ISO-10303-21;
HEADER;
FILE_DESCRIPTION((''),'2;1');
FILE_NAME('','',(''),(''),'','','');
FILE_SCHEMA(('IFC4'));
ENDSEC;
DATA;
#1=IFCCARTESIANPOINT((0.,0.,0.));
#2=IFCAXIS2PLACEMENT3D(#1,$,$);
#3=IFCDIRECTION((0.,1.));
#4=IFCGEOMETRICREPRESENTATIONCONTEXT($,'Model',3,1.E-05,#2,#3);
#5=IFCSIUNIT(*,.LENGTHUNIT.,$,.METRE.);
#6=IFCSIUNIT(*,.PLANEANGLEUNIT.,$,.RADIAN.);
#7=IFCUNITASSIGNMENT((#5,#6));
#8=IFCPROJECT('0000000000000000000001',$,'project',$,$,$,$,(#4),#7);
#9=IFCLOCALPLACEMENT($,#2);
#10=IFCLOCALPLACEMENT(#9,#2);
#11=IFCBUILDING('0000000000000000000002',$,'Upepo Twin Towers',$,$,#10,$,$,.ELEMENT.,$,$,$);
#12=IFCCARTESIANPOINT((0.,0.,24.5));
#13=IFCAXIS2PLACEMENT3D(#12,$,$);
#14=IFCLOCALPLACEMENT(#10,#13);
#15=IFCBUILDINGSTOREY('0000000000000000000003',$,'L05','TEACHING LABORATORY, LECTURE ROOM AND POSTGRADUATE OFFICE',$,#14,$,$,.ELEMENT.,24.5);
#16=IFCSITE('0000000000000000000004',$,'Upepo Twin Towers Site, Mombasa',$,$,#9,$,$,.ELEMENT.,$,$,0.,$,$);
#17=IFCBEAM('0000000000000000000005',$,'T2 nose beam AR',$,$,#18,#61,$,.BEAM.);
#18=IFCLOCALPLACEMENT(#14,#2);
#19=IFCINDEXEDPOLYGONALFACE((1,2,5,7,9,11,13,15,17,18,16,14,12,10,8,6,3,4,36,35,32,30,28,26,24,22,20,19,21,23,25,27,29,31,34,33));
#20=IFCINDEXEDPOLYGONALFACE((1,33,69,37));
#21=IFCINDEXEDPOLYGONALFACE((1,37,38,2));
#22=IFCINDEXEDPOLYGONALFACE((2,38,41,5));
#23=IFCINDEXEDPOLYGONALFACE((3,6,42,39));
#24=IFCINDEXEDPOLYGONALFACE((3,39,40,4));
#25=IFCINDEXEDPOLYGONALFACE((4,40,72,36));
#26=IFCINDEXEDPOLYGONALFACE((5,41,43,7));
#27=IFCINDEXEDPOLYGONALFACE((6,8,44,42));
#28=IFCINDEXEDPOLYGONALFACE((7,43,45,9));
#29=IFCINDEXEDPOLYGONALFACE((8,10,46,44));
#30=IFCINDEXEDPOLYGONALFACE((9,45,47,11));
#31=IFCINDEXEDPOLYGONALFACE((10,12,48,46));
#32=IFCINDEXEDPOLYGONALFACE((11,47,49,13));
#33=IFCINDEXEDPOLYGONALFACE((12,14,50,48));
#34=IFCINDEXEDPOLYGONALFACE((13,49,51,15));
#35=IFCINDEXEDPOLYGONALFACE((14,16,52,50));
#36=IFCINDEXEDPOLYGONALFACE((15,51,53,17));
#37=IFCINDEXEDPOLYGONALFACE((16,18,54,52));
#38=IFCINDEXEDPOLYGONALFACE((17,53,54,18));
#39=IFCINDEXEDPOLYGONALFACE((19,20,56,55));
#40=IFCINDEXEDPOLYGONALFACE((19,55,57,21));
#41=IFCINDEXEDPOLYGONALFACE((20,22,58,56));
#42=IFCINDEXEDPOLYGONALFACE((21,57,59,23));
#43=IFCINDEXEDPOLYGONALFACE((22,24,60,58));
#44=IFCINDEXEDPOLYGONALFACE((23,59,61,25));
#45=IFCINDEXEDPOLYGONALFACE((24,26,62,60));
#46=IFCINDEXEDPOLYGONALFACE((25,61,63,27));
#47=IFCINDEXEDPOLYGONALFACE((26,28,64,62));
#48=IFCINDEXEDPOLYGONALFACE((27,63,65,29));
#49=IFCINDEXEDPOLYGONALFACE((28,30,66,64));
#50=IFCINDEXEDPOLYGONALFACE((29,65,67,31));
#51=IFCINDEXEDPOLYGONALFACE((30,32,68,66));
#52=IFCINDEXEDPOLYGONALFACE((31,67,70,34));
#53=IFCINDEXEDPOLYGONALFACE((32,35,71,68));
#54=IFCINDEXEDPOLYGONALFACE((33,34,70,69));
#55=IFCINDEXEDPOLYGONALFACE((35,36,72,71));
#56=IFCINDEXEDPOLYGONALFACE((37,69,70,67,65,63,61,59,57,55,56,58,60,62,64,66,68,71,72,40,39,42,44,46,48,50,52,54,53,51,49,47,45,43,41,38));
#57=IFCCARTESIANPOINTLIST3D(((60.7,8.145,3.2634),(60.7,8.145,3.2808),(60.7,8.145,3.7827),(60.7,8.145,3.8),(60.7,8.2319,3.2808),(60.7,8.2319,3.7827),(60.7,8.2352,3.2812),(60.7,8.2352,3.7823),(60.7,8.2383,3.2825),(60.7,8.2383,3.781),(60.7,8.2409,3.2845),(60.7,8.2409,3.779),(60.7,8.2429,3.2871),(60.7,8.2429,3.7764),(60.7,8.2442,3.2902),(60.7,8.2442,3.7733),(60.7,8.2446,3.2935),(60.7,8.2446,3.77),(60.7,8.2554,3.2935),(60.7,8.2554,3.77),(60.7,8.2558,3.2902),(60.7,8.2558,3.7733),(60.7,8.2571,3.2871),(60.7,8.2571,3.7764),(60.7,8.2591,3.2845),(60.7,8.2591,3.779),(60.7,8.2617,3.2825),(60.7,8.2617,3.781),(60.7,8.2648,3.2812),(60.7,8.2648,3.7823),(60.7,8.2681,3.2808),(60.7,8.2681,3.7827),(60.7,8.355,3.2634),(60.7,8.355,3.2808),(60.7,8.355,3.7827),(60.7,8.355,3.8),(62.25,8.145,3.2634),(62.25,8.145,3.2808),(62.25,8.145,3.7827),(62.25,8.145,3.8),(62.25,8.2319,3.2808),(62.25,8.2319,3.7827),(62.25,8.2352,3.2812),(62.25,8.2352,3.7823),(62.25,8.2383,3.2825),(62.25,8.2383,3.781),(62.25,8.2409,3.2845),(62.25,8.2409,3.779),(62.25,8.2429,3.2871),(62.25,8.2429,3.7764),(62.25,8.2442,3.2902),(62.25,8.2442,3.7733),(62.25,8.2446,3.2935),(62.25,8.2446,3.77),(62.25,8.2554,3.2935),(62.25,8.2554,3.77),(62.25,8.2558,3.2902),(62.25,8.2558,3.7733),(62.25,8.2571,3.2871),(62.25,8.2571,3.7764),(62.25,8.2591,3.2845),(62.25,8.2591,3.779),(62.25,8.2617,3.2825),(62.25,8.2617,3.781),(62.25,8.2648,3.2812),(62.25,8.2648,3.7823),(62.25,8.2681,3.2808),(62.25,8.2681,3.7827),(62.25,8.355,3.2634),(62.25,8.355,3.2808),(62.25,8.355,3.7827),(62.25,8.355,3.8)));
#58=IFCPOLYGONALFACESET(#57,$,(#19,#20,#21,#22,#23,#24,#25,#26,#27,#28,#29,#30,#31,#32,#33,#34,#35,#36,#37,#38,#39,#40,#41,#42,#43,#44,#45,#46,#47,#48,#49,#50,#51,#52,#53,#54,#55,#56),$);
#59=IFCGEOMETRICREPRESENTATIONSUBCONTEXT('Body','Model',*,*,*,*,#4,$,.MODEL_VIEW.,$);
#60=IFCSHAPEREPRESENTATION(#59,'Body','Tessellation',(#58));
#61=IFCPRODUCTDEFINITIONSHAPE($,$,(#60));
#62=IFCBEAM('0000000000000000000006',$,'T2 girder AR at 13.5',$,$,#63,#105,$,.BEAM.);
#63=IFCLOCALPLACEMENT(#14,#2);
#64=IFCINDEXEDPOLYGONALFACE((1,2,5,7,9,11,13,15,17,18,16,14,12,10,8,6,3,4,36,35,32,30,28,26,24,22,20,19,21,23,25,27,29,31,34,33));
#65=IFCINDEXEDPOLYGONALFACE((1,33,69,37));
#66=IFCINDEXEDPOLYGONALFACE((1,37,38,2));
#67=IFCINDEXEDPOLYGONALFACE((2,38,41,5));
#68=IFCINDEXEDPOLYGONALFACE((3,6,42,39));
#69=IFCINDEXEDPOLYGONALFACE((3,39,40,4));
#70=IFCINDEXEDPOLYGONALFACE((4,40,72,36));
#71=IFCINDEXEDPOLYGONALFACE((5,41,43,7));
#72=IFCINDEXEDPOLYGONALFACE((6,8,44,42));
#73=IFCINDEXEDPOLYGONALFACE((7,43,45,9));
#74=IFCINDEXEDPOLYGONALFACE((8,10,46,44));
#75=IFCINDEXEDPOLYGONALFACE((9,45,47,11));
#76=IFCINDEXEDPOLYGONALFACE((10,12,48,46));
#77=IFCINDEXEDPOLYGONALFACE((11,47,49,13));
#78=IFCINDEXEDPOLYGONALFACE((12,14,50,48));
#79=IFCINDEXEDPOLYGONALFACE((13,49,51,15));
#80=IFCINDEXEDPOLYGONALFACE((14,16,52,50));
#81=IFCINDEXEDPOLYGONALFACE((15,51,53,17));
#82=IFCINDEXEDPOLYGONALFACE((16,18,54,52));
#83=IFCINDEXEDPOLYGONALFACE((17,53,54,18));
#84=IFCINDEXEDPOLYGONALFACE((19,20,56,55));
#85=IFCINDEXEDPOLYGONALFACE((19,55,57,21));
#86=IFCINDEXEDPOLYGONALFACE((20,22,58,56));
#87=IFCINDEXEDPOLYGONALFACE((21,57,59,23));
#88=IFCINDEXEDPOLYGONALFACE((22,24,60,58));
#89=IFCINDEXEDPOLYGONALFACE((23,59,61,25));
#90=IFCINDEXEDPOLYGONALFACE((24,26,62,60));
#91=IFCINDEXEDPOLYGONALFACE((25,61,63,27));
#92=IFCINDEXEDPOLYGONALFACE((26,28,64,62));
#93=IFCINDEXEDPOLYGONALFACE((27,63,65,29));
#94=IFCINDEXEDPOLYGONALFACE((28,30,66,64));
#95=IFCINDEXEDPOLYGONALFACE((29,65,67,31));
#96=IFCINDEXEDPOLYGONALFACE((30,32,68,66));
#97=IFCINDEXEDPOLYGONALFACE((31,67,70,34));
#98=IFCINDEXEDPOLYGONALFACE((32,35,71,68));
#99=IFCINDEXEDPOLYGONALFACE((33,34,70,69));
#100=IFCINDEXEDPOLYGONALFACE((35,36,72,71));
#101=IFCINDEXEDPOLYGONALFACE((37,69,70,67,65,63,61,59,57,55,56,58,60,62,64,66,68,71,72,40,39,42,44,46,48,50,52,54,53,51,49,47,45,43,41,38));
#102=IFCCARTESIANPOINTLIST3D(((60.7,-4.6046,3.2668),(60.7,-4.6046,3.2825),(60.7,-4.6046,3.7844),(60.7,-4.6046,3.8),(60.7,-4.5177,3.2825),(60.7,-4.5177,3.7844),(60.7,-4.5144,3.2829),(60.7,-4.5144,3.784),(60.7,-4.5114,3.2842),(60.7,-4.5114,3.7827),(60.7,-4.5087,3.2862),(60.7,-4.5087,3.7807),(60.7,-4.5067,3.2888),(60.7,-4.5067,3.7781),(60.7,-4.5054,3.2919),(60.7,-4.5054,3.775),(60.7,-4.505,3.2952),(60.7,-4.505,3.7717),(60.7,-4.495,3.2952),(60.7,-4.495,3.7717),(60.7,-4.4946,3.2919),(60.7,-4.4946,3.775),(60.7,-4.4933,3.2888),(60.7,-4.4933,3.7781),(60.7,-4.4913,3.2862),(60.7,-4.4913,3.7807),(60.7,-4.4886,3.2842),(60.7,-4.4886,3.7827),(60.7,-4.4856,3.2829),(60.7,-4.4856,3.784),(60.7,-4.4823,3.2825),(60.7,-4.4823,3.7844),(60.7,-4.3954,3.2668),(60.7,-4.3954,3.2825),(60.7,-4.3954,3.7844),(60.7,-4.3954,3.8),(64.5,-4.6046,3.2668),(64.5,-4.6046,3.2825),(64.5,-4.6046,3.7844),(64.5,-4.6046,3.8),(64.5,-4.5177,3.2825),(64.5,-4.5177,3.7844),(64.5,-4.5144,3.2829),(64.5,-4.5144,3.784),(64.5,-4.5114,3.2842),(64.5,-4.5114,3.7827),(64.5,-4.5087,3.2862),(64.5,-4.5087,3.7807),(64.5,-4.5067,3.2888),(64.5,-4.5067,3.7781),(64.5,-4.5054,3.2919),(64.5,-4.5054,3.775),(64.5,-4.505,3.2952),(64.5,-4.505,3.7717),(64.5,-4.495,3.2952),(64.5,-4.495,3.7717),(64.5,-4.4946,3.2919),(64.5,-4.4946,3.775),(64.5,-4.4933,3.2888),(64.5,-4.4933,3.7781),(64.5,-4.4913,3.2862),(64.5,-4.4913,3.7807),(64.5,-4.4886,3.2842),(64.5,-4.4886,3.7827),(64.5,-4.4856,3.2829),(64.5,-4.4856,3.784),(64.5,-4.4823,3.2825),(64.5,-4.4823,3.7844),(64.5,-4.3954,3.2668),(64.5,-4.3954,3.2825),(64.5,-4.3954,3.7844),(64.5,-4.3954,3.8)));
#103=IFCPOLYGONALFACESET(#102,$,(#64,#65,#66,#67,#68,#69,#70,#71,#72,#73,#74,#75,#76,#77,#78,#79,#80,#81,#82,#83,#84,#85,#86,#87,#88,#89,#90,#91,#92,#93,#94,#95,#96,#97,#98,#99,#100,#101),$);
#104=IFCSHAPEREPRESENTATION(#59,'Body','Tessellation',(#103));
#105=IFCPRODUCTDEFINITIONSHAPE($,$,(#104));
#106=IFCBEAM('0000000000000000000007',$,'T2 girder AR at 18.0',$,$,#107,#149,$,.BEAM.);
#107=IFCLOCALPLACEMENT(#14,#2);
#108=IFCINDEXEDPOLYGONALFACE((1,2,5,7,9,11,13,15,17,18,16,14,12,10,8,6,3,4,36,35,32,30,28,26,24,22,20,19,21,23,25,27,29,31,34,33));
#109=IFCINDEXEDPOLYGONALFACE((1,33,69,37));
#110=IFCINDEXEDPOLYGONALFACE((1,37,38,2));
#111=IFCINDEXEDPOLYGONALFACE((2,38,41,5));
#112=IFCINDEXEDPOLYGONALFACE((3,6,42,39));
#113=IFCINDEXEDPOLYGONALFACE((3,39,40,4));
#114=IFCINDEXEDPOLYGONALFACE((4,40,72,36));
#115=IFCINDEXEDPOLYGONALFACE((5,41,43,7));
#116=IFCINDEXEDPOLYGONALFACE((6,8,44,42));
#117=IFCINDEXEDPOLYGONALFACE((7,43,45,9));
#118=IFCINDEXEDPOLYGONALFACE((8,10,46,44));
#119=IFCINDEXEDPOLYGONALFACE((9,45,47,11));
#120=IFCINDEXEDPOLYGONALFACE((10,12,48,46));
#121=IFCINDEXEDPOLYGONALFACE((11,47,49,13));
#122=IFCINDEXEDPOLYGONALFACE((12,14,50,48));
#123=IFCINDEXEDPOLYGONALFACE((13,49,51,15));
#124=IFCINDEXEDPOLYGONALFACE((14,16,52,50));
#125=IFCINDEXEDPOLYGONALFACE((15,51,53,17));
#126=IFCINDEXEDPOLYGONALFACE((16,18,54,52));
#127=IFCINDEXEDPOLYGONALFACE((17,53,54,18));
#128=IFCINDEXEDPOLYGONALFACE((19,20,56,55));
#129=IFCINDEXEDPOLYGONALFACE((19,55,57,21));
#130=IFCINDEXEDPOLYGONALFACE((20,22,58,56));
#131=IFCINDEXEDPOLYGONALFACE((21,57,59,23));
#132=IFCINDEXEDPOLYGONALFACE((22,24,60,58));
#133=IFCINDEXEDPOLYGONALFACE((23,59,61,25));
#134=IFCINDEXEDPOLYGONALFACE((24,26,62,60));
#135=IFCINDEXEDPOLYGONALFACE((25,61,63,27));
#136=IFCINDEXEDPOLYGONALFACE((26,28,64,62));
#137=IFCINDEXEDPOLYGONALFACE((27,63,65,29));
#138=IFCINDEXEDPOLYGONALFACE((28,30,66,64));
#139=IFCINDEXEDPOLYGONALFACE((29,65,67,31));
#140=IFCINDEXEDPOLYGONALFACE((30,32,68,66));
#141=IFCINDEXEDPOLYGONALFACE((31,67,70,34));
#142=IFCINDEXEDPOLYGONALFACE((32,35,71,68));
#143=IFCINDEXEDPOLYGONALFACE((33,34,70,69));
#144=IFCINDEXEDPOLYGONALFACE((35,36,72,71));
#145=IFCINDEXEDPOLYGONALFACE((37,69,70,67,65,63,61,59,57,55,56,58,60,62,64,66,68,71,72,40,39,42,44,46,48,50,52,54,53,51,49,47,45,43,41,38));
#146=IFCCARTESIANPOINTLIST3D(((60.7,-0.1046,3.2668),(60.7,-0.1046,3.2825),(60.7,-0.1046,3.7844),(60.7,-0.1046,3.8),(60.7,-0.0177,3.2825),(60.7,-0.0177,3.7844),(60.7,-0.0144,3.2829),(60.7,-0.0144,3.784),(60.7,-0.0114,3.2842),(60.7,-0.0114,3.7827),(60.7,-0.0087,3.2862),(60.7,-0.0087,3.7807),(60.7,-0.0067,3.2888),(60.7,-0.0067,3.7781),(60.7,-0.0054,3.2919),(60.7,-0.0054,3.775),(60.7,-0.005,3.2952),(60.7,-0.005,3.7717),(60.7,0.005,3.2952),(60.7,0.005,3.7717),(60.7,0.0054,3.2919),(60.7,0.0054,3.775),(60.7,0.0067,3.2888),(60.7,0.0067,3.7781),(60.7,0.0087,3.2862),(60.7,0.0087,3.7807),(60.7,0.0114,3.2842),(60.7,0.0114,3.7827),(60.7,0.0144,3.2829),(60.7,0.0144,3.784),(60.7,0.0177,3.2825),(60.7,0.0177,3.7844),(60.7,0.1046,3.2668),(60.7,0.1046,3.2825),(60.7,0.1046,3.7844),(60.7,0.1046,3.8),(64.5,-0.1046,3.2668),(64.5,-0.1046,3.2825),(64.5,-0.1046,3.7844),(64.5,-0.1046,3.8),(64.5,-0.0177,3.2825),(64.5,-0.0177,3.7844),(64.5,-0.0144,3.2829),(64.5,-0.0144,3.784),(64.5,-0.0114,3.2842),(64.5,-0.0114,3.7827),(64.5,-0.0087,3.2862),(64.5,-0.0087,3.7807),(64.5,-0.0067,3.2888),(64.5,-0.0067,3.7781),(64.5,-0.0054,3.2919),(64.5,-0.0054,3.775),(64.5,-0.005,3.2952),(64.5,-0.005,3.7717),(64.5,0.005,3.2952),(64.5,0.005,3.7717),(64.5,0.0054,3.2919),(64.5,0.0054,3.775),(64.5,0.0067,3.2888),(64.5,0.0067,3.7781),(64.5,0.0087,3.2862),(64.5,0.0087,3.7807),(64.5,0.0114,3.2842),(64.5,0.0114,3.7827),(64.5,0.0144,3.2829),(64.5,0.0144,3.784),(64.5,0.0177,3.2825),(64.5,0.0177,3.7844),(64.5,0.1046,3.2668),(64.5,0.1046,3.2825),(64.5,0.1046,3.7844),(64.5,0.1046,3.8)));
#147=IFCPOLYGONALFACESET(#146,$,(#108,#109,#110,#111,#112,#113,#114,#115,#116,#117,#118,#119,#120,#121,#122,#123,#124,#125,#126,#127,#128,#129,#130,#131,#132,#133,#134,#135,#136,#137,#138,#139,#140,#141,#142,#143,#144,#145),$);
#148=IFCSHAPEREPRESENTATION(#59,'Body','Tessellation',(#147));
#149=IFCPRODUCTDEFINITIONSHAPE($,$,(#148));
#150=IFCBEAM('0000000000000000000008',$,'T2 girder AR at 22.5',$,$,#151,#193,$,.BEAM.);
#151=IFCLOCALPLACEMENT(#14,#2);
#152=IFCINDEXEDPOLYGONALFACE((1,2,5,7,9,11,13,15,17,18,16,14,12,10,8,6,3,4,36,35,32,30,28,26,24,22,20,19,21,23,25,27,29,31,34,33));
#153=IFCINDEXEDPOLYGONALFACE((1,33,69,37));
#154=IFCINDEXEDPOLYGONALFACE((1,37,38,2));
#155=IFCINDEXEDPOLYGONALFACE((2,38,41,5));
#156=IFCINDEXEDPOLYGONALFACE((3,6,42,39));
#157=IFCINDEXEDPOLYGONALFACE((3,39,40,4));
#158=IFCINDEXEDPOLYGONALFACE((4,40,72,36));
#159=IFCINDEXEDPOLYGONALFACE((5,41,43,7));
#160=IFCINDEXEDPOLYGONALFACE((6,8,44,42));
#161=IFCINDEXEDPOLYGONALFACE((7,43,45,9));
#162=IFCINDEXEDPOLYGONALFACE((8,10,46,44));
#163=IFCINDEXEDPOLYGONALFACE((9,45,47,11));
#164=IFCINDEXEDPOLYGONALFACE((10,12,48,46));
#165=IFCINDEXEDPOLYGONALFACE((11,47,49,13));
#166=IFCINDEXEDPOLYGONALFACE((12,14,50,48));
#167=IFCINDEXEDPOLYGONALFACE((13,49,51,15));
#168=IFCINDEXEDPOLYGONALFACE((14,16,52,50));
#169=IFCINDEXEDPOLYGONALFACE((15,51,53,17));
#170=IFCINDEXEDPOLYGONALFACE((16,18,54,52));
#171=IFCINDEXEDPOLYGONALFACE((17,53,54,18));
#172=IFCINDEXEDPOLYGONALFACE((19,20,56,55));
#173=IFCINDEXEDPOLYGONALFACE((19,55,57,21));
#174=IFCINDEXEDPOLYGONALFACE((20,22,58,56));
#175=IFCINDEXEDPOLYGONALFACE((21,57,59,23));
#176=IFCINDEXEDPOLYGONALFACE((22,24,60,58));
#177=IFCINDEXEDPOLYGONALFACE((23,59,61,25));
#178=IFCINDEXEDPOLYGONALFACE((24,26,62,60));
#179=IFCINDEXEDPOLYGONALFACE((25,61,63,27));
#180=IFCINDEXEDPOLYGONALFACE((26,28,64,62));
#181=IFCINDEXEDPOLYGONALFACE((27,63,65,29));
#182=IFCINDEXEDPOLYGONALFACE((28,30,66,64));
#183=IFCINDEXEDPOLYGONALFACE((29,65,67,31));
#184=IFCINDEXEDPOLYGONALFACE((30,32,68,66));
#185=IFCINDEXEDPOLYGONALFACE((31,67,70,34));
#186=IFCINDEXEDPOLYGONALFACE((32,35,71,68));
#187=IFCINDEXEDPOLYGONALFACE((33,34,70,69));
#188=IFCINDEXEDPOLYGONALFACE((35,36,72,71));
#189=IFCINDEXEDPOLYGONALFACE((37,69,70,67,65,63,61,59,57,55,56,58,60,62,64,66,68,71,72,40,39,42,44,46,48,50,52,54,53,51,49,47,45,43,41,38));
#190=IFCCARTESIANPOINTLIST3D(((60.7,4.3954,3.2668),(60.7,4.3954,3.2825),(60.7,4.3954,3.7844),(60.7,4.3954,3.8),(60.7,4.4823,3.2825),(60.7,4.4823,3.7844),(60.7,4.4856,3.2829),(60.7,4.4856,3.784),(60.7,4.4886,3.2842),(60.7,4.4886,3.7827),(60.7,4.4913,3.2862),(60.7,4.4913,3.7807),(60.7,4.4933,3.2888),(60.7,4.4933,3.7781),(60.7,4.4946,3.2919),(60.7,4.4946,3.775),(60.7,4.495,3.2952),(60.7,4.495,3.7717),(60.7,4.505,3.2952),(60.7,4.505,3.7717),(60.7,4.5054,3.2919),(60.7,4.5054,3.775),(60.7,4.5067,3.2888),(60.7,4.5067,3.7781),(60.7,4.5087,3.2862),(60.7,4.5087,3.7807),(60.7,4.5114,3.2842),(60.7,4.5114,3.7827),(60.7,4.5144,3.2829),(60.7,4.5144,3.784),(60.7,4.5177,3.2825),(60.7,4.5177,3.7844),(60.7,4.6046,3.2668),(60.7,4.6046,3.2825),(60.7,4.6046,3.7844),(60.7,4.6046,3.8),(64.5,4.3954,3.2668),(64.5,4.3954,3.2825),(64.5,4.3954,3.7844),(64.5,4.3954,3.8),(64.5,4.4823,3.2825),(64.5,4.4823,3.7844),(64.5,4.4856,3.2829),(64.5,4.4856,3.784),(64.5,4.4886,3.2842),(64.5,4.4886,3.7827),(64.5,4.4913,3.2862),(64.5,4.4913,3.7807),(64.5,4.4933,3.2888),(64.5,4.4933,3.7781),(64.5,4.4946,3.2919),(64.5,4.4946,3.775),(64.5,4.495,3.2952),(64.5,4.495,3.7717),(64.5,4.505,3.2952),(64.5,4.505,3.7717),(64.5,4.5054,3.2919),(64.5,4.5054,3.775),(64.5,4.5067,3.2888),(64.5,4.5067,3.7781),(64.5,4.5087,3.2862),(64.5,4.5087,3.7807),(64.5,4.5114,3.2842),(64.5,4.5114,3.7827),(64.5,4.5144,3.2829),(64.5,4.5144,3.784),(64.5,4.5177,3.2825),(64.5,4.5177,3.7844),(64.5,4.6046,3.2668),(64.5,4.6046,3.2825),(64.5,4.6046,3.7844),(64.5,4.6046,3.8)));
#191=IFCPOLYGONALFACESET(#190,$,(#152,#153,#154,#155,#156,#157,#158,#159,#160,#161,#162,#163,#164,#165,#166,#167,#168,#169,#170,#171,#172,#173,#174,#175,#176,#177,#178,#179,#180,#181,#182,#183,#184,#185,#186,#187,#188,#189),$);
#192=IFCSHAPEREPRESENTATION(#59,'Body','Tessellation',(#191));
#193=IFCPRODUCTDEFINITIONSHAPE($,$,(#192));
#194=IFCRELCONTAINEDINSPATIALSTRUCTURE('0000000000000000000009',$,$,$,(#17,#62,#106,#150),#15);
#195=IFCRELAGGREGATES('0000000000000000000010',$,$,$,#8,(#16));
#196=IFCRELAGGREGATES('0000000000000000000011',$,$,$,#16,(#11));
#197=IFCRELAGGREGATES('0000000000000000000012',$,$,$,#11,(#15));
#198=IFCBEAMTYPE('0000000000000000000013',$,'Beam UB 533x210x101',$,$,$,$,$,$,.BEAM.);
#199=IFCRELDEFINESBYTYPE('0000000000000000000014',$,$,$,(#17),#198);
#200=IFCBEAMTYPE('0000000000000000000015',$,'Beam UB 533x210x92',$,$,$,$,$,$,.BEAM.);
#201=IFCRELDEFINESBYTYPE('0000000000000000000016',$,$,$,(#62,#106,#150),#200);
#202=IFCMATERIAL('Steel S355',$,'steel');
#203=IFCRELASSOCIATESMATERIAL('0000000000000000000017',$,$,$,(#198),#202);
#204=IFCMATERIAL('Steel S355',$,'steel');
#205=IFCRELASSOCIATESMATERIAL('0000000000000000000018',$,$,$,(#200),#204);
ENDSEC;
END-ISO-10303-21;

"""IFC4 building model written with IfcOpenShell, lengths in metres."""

from ifc_helpers import new_model, si_unit, direction, frame, origin, origin_2d, place, context, subcontext, project, spatial, i_section, extrude, material, material_profile, profile_set, type_object, element, save


model = new_model("IFC4")

# Units and contexts
model_context = context("Model", 3, precision=1e-05, world=origin(), true_north=direction((0.0, 1.0)))
body_context = subcontext(model_context, "Body", "Model", "MODEL_VIEW")
ifc_project = project(units=[si_unit("LENGTHUNIT", "METRE"), si_unit("PLANEANGLEUNIT", "RADIAN")], contexts=[model_context])

# Site, building, storey
site_placement = place(None, origin())
site = spatial("IfcSite", under=ifc_project, at=site_placement, Name="Upepo Twin Towers Site, Mombasa", CompositionType="ELEMENT", RefElevation=0.0)
building_placement = place(site_placement, origin())
building = spatial("IfcBuilding", under=site, at=building_placement, Name="Upepo Twin Towers", CompositionType="ELEMENT")
storey_placement = place(building_placement, frame((0.0, 0.0, 24.5)))
storey = spatial("IfcBuildingStorey", under=building, at=storey_placement, Name="L05", Description="TEACHING LABORATORY, LECTURE ROOM AND POSTGRADUATE OFFICE", CompositionType="ELEMENT", Elevation=24.5)

# Beams
ifc_material_1 = material(Name="Steel S355", Category="steel")
ifc_material_profile_1 = material_profile(ifc_material_1, i_section(OverallWidth=0.21, OverallDepth=0.5366, WebThickness=0.0107, FlangeThickness=0.0173, FilletRadius=0.0127, at=origin_2d()), Name="UB 533x210x101")
ifc_profile_set_1 = profile_set([ifc_material_profile_1], Name="Steel S355")
beam_type_1 = type_object("IfcBeamType", Name="Beam UB 533x210x101", PredefinedType="BEAM", material=ifc_profile_set_1)
beam_1_placement = place(storey_placement, frame((62.25, 8.25, 3.5317), z_axis=(-1.0, 0.0, 0.0), x_axis=(0.0, -1.0, 0.0)))
element("IfcBeam", 1, at=beam_1_placement, inside=storey, type_object=beam_type_1, Name="T2 nose beam AR", PredefinedType="BEAM", context=body_context, shape_type="SweptSolid", body=[
    extrude(i_section(OverallWidth=0.21, OverallDepth=0.5366, WebThickness=0.0107, FlangeThickness=0.0173, FilletRadius=0.0127, at=origin_2d()), origin(), (0.0, 0.0, 1.0), 1.55),
])
ifc_material_2 = material(Name="Steel S355", Category="steel")
ifc_material_profile_2 = material_profile(ifc_material_2, i_section(OverallWidth=0.2092, OverallDepth=0.5332, WebThickness=0.01, FlangeThickness=0.0156, FilletRadius=0.0127, at=origin_2d()), Name="UB 533x210x92")
ifc_profile_set_2 = profile_set([ifc_material_profile_2], Name="Steel S355")
beam_type_2 = type_object("IfcBeamType", Name="Beam UB 533x210x92", PredefinedType="BEAM", material=ifc_profile_set_2)
for number, where, z_axis, x_axis, name in (
    (2, (64.5, -4.5, 3.5334), (-1.0, 0.0, 0.0), (0.0, -1.0, 0.0), "T2 girder AR at 13.5"),
    (3, (64.5, 0.0, 3.5334), (-1.0, 0.0, 0.0), (0.0, -1.0, 0.0), "T2 girder AR at 18.0"),
    (4, (64.5, 4.5, 3.5334), (-1.0, 0.0, 0.0), (0.0, -1.0, 0.0), "T2 girder AR at 22.5"),
):
    element("IfcBeam", number, at=place(storey_placement, frame(where, z_axis=z_axis, x_axis=x_axis)), inside=storey, type_object=beam_type_2, Name=name, PredefinedType="BEAM", context=body_context, shape_type="SweptSolid", body=[
        extrude(i_section(OverallWidth=0.2092, OverallDepth=0.5332, WebThickness=0.01, FlangeThickness=0.0156, FilletRadius=0.0127, at=origin_2d()), origin(), (0.0, 0.0, 1.0), 3.8),
    ])

save(model, "model.ifc")
